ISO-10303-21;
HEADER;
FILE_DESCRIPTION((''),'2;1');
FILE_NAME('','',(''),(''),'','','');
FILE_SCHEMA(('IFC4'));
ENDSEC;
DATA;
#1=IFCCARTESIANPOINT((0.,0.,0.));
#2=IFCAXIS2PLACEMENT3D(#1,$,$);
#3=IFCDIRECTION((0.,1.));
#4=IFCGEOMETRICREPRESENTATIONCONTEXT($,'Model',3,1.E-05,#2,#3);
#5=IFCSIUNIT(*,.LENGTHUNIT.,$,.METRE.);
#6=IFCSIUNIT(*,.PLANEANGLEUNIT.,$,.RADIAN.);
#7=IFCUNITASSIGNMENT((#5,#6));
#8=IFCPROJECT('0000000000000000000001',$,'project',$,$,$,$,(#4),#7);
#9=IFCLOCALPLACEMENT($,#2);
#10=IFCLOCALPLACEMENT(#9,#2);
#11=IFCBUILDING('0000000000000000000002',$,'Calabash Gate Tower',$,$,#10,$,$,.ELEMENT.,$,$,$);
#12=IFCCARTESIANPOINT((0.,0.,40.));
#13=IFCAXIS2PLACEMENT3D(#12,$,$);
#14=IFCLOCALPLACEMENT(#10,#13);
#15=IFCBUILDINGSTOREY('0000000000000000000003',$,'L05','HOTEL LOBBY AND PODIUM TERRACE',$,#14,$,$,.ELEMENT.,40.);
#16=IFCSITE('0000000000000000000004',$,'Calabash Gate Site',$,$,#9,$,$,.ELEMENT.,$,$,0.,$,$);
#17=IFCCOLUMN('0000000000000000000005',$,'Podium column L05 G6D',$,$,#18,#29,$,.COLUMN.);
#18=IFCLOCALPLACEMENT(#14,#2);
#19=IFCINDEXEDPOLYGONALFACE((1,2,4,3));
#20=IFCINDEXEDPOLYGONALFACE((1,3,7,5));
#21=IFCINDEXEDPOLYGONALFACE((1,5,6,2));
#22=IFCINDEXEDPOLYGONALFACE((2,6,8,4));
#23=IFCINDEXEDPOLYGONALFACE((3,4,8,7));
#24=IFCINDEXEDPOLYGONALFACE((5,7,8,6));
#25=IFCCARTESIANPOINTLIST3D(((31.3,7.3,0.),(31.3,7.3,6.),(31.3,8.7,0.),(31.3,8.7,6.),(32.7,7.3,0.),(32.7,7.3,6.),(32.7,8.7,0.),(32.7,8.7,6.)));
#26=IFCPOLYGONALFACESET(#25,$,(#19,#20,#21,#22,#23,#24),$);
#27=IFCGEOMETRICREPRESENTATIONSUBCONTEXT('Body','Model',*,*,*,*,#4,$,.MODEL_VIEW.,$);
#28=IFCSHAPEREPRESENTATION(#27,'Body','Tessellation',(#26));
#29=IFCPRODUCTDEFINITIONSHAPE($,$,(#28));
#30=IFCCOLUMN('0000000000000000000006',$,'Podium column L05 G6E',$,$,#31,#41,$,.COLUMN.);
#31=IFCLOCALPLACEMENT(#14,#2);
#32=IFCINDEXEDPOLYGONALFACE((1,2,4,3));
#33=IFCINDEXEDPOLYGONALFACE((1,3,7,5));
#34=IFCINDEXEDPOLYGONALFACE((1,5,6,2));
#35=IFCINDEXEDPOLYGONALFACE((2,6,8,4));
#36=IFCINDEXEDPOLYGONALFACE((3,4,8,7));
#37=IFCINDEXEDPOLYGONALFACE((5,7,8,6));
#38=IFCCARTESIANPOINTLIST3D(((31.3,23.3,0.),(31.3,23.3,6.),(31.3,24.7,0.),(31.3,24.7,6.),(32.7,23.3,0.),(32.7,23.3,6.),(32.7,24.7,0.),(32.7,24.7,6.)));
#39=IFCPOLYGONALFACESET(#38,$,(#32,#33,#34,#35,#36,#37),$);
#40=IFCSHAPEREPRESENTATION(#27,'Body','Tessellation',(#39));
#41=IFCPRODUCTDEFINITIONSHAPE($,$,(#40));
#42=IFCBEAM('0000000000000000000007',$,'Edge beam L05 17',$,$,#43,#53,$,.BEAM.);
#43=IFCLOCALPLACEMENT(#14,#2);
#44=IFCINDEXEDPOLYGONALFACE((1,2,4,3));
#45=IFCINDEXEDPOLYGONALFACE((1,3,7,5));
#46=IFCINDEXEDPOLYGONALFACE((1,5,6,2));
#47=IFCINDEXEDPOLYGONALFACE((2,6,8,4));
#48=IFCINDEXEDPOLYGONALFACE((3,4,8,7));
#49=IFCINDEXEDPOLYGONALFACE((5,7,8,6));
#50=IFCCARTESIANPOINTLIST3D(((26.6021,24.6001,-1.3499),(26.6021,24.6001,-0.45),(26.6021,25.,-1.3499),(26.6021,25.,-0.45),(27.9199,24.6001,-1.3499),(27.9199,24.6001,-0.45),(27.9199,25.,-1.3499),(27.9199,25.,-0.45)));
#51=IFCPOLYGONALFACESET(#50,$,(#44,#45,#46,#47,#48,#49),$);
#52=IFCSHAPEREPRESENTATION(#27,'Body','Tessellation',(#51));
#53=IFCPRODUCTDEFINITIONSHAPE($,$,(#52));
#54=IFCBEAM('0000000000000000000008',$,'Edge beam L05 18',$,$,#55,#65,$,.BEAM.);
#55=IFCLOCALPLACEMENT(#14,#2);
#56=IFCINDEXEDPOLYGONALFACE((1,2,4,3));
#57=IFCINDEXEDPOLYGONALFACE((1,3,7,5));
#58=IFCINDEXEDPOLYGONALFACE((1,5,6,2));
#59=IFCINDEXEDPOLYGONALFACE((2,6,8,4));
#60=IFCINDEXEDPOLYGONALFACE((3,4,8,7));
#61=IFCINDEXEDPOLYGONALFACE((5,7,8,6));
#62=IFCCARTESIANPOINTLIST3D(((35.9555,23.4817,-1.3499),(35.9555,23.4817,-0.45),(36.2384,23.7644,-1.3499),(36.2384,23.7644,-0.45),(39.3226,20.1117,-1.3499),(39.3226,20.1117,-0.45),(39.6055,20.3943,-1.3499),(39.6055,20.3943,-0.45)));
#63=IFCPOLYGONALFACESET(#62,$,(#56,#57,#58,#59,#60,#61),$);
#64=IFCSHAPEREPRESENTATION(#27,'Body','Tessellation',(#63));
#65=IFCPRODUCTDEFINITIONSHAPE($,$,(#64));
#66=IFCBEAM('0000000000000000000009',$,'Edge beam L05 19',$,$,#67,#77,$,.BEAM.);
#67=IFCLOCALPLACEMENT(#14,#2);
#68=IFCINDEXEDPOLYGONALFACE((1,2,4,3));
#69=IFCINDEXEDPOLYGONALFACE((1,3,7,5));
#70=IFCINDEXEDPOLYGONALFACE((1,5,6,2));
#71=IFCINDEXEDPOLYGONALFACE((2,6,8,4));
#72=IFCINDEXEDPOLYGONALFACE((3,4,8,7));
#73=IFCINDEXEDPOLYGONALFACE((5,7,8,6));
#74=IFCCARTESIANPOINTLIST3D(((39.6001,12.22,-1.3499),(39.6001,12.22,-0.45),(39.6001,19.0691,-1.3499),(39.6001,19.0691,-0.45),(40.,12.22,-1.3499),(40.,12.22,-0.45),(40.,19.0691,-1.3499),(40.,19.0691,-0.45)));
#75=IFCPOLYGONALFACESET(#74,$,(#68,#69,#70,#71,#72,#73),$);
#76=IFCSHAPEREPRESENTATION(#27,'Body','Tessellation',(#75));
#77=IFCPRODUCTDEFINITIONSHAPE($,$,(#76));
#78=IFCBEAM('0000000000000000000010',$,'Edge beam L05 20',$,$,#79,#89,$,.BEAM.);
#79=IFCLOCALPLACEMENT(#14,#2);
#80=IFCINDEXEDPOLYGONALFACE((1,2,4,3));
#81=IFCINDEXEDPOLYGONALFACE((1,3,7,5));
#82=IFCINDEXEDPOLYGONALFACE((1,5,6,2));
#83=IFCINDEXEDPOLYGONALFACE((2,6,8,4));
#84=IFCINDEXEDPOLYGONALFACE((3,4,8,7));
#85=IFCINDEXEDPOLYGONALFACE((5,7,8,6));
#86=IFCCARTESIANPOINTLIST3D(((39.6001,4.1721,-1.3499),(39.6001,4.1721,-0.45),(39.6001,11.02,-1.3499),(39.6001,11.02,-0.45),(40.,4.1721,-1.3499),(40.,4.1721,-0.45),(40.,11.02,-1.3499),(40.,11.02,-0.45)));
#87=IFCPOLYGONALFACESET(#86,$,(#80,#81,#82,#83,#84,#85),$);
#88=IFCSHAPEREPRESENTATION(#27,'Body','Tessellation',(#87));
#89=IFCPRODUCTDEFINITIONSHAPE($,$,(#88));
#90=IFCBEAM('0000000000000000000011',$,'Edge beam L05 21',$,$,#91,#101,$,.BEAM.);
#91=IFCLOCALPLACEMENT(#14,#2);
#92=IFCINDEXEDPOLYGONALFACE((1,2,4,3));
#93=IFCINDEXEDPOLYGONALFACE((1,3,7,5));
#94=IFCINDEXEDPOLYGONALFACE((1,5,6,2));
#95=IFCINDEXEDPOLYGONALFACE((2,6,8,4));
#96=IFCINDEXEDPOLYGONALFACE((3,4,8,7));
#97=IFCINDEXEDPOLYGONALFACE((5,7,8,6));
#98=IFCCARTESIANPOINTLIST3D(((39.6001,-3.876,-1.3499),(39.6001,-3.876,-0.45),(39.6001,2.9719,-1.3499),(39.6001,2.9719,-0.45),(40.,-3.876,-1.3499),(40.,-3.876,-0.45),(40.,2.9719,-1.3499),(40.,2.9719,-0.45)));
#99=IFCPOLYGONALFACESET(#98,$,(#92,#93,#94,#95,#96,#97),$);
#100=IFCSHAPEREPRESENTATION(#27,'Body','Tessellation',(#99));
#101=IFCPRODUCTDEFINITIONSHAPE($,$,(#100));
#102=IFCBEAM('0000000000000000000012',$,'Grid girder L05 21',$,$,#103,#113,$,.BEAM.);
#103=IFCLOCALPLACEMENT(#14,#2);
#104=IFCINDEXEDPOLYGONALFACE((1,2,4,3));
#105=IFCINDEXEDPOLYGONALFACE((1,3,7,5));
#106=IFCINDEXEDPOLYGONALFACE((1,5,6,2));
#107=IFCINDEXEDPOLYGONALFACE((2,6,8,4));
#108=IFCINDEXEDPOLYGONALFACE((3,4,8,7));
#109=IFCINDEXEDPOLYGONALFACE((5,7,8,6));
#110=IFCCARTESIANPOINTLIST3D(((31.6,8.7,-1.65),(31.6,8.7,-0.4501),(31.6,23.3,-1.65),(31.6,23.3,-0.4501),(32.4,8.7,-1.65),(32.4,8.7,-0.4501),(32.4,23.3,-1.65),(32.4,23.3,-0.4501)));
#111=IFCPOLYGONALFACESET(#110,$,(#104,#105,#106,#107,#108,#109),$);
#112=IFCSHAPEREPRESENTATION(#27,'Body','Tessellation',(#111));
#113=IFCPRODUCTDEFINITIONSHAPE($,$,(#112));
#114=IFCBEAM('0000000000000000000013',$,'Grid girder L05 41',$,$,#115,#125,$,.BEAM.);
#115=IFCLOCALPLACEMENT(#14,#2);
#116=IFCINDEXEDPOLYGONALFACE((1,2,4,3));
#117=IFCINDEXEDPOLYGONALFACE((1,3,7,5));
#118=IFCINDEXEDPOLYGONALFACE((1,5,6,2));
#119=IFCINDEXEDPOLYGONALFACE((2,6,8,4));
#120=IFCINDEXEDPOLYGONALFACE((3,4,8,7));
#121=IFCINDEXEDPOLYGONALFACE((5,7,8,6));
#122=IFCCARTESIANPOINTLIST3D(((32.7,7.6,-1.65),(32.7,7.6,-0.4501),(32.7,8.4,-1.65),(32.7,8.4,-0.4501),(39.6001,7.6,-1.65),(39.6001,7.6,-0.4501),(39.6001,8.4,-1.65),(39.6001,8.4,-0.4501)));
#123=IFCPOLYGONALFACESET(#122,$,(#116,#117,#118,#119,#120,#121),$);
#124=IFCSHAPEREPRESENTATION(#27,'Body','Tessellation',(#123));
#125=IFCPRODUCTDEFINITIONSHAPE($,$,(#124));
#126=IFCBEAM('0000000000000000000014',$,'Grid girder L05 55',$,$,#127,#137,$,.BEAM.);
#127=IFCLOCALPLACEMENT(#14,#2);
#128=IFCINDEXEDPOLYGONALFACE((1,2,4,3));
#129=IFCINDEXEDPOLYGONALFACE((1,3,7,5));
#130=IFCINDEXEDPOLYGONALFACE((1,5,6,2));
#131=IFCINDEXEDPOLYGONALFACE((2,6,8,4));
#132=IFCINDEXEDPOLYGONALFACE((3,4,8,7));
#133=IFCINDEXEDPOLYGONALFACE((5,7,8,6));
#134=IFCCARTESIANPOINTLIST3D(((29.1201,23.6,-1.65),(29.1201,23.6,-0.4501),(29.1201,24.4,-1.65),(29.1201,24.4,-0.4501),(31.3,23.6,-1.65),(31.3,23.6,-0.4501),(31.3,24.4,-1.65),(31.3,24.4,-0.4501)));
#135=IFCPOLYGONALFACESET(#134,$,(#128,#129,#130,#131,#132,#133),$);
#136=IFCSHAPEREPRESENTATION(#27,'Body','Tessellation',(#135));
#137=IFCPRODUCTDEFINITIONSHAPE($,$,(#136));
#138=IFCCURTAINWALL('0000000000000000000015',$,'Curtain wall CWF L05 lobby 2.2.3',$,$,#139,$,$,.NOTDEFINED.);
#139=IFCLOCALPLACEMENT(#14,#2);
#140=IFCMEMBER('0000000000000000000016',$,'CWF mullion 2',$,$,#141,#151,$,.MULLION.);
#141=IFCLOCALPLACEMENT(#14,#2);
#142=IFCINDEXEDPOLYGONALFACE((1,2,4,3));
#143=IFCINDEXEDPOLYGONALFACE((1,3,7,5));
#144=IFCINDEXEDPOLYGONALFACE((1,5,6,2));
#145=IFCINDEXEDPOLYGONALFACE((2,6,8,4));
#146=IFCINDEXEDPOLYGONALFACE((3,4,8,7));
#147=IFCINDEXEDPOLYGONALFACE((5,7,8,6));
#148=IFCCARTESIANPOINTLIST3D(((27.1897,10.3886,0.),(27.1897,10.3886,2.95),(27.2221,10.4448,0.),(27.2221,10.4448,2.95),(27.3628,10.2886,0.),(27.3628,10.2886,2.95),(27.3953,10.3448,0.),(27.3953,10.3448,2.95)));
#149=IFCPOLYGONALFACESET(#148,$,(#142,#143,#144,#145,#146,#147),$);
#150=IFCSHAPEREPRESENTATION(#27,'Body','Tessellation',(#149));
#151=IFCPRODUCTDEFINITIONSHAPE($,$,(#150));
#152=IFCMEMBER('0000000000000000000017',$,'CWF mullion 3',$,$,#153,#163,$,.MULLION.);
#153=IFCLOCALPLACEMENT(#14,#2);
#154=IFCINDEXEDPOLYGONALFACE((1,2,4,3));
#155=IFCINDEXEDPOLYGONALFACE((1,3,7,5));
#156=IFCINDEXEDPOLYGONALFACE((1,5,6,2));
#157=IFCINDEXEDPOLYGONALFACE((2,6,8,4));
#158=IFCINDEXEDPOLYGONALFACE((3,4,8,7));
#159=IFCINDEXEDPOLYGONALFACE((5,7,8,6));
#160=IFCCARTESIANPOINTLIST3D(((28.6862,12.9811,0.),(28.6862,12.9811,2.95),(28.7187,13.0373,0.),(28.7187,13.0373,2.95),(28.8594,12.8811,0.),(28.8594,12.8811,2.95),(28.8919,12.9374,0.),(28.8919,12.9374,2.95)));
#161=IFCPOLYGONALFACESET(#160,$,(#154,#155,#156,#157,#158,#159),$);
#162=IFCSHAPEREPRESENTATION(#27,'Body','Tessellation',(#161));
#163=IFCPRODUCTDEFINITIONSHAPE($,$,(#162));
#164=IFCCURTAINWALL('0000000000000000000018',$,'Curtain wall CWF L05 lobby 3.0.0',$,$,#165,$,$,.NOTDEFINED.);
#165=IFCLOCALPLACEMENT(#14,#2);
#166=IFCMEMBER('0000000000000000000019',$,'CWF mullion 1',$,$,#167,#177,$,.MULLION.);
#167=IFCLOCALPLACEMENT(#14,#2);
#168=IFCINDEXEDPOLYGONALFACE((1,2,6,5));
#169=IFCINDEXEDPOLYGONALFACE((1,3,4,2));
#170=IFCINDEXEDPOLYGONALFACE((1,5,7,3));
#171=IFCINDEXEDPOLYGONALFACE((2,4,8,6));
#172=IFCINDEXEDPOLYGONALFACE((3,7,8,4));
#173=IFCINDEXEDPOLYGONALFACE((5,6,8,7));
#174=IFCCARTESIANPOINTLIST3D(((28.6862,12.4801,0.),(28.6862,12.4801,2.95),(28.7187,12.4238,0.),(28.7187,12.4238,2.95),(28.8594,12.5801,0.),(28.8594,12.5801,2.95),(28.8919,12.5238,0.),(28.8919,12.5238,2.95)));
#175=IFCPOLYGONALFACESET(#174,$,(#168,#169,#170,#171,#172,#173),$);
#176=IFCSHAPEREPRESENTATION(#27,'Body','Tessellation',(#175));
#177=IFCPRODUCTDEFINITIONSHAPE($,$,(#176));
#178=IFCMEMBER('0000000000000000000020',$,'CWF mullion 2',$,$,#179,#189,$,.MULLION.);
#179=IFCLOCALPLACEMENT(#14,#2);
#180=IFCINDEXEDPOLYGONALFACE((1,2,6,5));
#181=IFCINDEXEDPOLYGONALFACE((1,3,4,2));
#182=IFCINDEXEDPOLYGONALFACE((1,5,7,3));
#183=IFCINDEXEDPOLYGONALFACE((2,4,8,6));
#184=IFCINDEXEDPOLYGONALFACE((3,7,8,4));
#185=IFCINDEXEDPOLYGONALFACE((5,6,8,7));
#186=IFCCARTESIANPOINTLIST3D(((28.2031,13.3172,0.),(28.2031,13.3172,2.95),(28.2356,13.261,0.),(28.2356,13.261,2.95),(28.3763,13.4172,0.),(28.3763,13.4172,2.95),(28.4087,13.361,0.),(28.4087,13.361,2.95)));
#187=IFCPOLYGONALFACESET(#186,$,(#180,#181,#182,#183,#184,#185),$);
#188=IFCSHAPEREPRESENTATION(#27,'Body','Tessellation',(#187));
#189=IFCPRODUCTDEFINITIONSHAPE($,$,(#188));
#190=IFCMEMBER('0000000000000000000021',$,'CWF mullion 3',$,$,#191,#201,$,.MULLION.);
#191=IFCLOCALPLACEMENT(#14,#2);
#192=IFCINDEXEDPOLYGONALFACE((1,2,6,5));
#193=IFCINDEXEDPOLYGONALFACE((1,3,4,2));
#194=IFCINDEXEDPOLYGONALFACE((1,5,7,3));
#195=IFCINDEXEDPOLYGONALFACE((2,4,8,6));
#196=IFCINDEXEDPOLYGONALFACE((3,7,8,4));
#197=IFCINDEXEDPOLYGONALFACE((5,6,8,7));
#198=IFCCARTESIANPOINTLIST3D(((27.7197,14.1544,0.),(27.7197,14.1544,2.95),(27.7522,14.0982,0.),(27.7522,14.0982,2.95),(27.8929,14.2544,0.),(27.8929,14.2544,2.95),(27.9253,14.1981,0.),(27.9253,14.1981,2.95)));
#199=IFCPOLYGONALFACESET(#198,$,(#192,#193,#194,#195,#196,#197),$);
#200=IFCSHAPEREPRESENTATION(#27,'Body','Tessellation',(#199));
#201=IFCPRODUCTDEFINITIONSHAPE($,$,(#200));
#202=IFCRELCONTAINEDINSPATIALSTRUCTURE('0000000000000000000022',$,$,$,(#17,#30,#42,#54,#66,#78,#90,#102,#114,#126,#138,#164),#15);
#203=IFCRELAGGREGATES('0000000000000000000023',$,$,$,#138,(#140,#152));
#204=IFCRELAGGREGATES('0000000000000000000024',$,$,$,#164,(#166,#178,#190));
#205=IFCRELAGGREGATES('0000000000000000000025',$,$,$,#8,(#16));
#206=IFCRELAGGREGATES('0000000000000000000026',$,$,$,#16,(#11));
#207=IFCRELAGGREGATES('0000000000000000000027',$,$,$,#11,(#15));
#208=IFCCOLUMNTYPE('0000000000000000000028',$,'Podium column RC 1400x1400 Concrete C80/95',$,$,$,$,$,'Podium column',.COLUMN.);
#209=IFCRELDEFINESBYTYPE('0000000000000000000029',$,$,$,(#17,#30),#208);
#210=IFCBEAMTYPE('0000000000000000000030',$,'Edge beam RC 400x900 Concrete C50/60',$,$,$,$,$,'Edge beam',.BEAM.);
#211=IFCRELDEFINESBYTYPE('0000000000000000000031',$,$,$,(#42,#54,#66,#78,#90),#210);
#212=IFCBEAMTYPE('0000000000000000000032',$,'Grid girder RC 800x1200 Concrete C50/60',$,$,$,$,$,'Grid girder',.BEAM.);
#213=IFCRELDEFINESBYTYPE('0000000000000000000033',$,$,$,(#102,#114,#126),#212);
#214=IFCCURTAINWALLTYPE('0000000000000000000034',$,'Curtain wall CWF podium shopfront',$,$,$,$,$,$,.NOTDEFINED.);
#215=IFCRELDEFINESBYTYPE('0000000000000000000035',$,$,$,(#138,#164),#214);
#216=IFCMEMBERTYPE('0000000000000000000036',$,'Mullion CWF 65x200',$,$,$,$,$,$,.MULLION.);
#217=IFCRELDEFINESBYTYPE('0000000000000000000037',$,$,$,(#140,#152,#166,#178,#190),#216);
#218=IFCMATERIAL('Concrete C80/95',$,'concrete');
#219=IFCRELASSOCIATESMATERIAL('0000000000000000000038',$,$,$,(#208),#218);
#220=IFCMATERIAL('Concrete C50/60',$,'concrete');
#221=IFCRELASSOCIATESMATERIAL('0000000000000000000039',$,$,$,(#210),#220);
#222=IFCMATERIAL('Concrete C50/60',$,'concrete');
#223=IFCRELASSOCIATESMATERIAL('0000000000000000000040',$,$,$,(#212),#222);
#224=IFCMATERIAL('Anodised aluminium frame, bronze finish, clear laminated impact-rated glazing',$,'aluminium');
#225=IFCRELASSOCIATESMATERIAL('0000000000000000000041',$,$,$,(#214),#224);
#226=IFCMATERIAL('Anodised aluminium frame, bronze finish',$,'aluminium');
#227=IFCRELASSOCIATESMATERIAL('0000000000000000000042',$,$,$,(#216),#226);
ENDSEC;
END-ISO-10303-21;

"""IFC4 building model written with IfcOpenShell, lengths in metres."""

from ifc_helpers import new_model, si_unit, direction, frame, origin, origin_2d, place, context, subcontext, project, spatial, rectangle, extrude, material, material_profile, profile_set, type_object, element, aggregate, save


model = new_model("IFC4")

# Units and contexts
model_context = context("Model", 3, precision=1e-05, world=origin(), true_north=direction((0.0, 1.0)))
body_context = subcontext(model_context, "Body", "Model", "MODEL_VIEW")
ifc_project = project(units=[si_unit("LENGTHUNIT", "METRE"), si_unit("PLANEANGLEUNIT", "RADIAN")], contexts=[model_context])

# Site, building, storey
site_placement = place(None, origin())
site = spatial("IfcSite", under=ifc_project, at=site_placement, Name="Calabash Gate Site", CompositionType="ELEMENT", RefElevation=0.0)
building_placement = place(site_placement, origin())
building = spatial("IfcBuilding", under=site, at=building_placement, Name="Calabash Gate Tower", CompositionType="ELEMENT")
storey_placement = place(building_placement, frame((0.0, 0.0, 40.0)))
storey = spatial("IfcBuildingStorey", under=building, at=storey_placement, Name="L05", Description="HOTEL LOBBY AND PODIUM TERRACE", CompositionType="ELEMENT", Elevation=40.0)

# Columns
ifc_material_1 = material(Name="Concrete C80/95", Category="concrete")
ifc_material_profile_1 = material_profile(ifc_material_1, rectangle(XDim=1.3999, YDim=1.3999, at=origin_2d()))
ifc_profile_set_1 = profile_set([ifc_material_profile_1], Name="Concrete C80/95")
column_type = type_object("IfcColumnType", Name="Podium column RC 1400x1400 Concrete C80/95", ElementType="Podium column", PredefinedType="COLUMN", material=ifc_profile_set_1)
for number, where, z_axis, x_axis, name in (
    (1, (32.0, 8.0, 0.0), (0.0, 0.0, 1.0), (1.0, 0.0, 0.0), "Podium column L05 G6D"),
    (2, (32.0, 24.0, 0.0), (0.0, 0.0, 1.0), (1.0, 0.0, 0.0), "Podium column L05 G6E"),
):
    element("IfcColumn", number, at=place(storey_placement, frame(where, z_axis=z_axis, x_axis=x_axis)), inside=storey, type_object=column_type, Name=name, PredefinedType="COLUMN", context=body_context, shape_type="SweptSolid", body=[
        extrude(rectangle(XDim=1.3999, YDim=1.3999, at=origin_2d()), origin(), (0.0, 0.0, 1.0), 6.0),
    ])

# Beams
ifc_material_2 = material(Name="Concrete C50/60", Category="concrete")
ifc_material_profile_2 = material_profile(ifc_material_2, rectangle(XDim=0.3999, YDim=0.8999, at=origin_2d()))
ifc_profile_set_2 = profile_set([ifc_material_profile_2], Name="Concrete C50/60")
beam_type_1 = type_object("IfcBeamType", Name="Edge beam RC 400x900 Concrete C50/60", ElementType="Edge beam", PredefinedType="BEAM", material=ifc_profile_set_2)
beam_1_placement = place(storey_placement, frame((26.6021, 24.8, -0.8999), z_axis=(1.0, 0.0, 0.0), x_axis=(0.0, 1.0, 0.0)))
element("IfcBeam", 3, at=beam_1_placement, inside=storey, type_object=beam_type_1, Name="Edge beam L05 17", PredefinedType="BEAM", context=body_context, shape_type="SweptSolid", body=[
    extrude(rectangle(XDim=0.3999, YDim=0.8999, at=origin_2d()), origin(), (0.0, 0.0, 1.0), 1.3179),
])
beam_2_placement = place(storey_placement, frame((36.0969, 23.623, -0.8999), z_axis=(0.706799, -0.707414, 0.0), x_axis=(0.707414, 0.706799, 0.0)))
element("IfcBeam", 4, at=beam_2_placement, inside=storey, type_object=beam_type_1, Name="Edge beam L05 18", PredefinedType="BEAM", context=body_context, shape_type="SweptSolid", body=[
    extrude(rectangle(XDim=0.3999, YDim=0.8999, at=origin_2d()), origin(), (0.0, 0.0, 1.0), 4.7639),
])
beam_3_placement = place(storey_placement, frame((39.8, 19.0691, -0.8999), z_axis=(0.0, -1.0, 0.0), x_axis=(1.0, 0.0, 0.0)))
element("IfcBeam", 5, at=beam_3_placement, inside=storey, type_object=beam_type_1, Name="Edge beam L05 19", PredefinedType="BEAM", context=body_context, shape_type="SweptSolid", body=[
    extrude(rectangle(XDim=0.3999, YDim=0.8999, at=origin_2d()), origin(), (0.0, 0.0, 1.0), 6.8491),
])
for number, where, z_axis, x_axis, name in (
    (6, (39.8, 11.02, -0.8999), (0.0, -1.0, 0.0), (1.0, 0.0, 0.0), "Edge beam L05 20"),
    (7, (39.8, 2.9719, -0.8999), (0.0, -1.0, 0.0), (1.0, 0.0, 0.0), "Edge beam L05 21"),
):
    element("IfcBeam", number, at=place(storey_placement, frame(where, z_axis=z_axis, x_axis=x_axis)), inside=storey, type_object=beam_type_1, Name=name, PredefinedType="BEAM", context=body_context, shape_type="SweptSolid", body=[
        extrude(rectangle(XDim=0.3999, YDim=0.8999, at=origin_2d()), origin(), (0.0, 0.0, 1.0), 6.8479),
    ])
ifc_material_3 = material(Name="Concrete C50/60", Category="concrete")
ifc_material_profile_3 = material_profile(ifc_material_3, rectangle(XDim=0.8, YDim=1.2, at=origin_2d()))
ifc_profile_set_3 = profile_set([ifc_material_profile_3], Name="Concrete C50/60")
beam_type_2 = type_object("IfcBeamType", Name="Grid girder RC 800x1200 Concrete C50/60", ElementType="Grid girder", PredefinedType="BEAM", material=ifc_profile_set_3)
beam_4_placement = place(storey_placement, frame((32.0, 8.7, -1.05), z_axis=(0.0, 1.0, 0.0), x_axis=(-1.0, 0.0, 0.0)))
element("IfcBeam", 8, at=beam_4_placement, inside=storey, type_object=beam_type_2, Name="Grid girder L05 21", PredefinedType="BEAM", context=body_context, shape_type="SweptSolid", body=[
    extrude(rectangle(XDim=0.8, YDim=1.2, at=origin_2d()), origin(), (0.0, 0.0, 1.0), 14.6001),
])
beam_5_placement = place(storey_placement, frame((32.7, 8.0, -1.05), z_axis=(1.0, 0.0, 0.0), x_axis=(0.0, 1.0, 0.0)))
element("IfcBeam", 9, at=beam_5_placement, inside=storey, type_object=beam_type_2, Name="Grid girder L05 41", PredefinedType="BEAM", context=body_context, shape_type="SweptSolid", body=[
    extrude(rectangle(XDim=0.8, YDim=1.2, at=origin_2d()), origin(), (0.0, 0.0, 1.0), 6.9001),
])
beam_6_placement = place(storey_placement, frame((29.1201, 24.0, -1.05), z_axis=(1.0, 0.0, 0.0), x_axis=(0.0, 1.0, 0.0)))
element("IfcBeam", 10, at=beam_6_placement, inside=storey, type_object=beam_type_2, Name="Grid girder L05 55", PredefinedType="BEAM", context=body_context, shape_type="SweptSolid", body=[
    extrude(rectangle(XDim=0.8, YDim=1.2, at=origin_2d()), origin(), (0.0, 0.0, 1.0), 2.1799),
])

# Curtain walls, members
ifc_material_4 = material(Name="Anodised aluminium frame, bronze finish, clear laminated impact-rated glazing", Category="aluminium")
curtain_wall_type = type_object("IfcCurtainWallType", Name="Curtain wall CWF podium shopfront", PredefinedType="NOTDEFINED", material=ifc_material_4)
curtain_wall_1_placement = place(storey_placement, origin())
curtain_wall_1 = element("IfcCurtainWall", 11, at=curtain_wall_1_placement, inside=storey, type_object=curtain_wall_type, Name="Curtain wall CWF L05 lobby 2.2.3", PredefinedType="NOTDEFINED")
ifc_material_5 = material(Name="Anodised aluminium frame, bronze finish", Category="aluminium")
ifc_material_profile_4 = material_profile(ifc_material_5, rectangle(XDim=0.2, YDim=0.0649, at=origin_2d()))
ifc_profile_set_4 = profile_set([ifc_material_profile_4], Name="Anodised aluminium frame, bronze finish")
member_type_1 = type_object("IfcMemberType", Name="Mullion CWF 65x200", PredefinedType="MULLION", material=ifc_profile_set_4)
member_1_placement = place(storey_placement, frame((27.2925, 10.3667, 0.0), z_axis=(0.0, 0.0, 1.0), x_axis=(-0.866025, 0.5, 0.0)))
member_1 = element("IfcMember", 12, at=member_1_placement, type_object=member_type_1, Name="CWF mullion 2", PredefinedType="MULLION", context=body_context, shape_type="SweptSolid", body=[
    extrude(rectangle(XDim=0.2, YDim=0.0649, at=origin_2d()), origin(), (0.0, 0.0, 1.0), 2.95),
])
member_2_placement = place(storey_placement, frame((28.7891, 12.9592, 0.0), z_axis=(0.0, 0.0, 1.0), x_axis=(-0.866025, 0.5, 0.0)))
member_2 = element("IfcMember", 13, at=member_2_placement, type_object=member_type_1, Name="CWF mullion 3", PredefinedType="MULLION", context=body_context, shape_type="SweptSolid", body=[
    extrude(rectangle(XDim=0.2, YDim=0.0649, at=origin_2d()), origin(), (0.0, 0.0, 1.0), 2.95),
])
curtain_wall_2_placement = place(storey_placement, origin())
curtain_wall_2 = element("IfcCurtainWall", 14, at=curtain_wall_2_placement, inside=storey, type_object=curtain_wall_type, Name="Curtain wall CWF L05 lobby 3.0.0", PredefinedType="NOTDEFINED")
member_3_placement = place(storey_placement, frame((28.7891, 12.502, 0.0), z_axis=(0.0, 0.0, 1.0), x_axis=(-0.866025, -0.5, 0.0)))
member_3 = element("IfcMember", 15, at=member_3_placement, type_object=member_type_1, Name="CWF mullion 1", PredefinedType="MULLION", context=body_context, shape_type="SweptSolid", body=[
    extrude(rectangle(XDim=0.2, YDim=0.0649, at=origin_2d()), origin(), (0.0, 0.0, 1.0), 2.95),
])
member_4_placement = place(storey_placement, frame((28.3059, 13.3391, 0.0), z_axis=(0.0, 0.0, 1.0), x_axis=(-0.866025, -0.5, 0.0)))
member_4 = element("IfcMember", 16, at=member_4_placement, type_object=member_type_1, Name="CWF mullion 2", PredefinedType="MULLION", context=body_context, shape_type="SweptSolid", body=[
    extrude(rectangle(XDim=0.2, YDim=0.0649, at=origin_2d()), origin(), (0.0, 0.0, 1.0), 2.95),
])
member_5_placement = place(storey_placement, frame((27.8225, 14.1763, 0.0), z_axis=(0.0, 0.0, 1.0), x_axis=(-0.866025, -0.5, 0.0)))
member_5 = element("IfcMember", 17, at=member_5_placement, type_object=member_type_1, Name="CWF mullion 3", PredefinedType="MULLION", context=body_context, shape_type="SweptSolid", body=[
    extrude(rectangle(XDim=0.2, YDim=0.0649, at=origin_2d()), origin(), (0.0, 0.0, 1.0), 2.95),
])

aggregate(curtain_wall_1, [member_1, member_2])
aggregate(curtain_wall_2, [member_3, member_4, member_5])

save(model, "model.ifc")
